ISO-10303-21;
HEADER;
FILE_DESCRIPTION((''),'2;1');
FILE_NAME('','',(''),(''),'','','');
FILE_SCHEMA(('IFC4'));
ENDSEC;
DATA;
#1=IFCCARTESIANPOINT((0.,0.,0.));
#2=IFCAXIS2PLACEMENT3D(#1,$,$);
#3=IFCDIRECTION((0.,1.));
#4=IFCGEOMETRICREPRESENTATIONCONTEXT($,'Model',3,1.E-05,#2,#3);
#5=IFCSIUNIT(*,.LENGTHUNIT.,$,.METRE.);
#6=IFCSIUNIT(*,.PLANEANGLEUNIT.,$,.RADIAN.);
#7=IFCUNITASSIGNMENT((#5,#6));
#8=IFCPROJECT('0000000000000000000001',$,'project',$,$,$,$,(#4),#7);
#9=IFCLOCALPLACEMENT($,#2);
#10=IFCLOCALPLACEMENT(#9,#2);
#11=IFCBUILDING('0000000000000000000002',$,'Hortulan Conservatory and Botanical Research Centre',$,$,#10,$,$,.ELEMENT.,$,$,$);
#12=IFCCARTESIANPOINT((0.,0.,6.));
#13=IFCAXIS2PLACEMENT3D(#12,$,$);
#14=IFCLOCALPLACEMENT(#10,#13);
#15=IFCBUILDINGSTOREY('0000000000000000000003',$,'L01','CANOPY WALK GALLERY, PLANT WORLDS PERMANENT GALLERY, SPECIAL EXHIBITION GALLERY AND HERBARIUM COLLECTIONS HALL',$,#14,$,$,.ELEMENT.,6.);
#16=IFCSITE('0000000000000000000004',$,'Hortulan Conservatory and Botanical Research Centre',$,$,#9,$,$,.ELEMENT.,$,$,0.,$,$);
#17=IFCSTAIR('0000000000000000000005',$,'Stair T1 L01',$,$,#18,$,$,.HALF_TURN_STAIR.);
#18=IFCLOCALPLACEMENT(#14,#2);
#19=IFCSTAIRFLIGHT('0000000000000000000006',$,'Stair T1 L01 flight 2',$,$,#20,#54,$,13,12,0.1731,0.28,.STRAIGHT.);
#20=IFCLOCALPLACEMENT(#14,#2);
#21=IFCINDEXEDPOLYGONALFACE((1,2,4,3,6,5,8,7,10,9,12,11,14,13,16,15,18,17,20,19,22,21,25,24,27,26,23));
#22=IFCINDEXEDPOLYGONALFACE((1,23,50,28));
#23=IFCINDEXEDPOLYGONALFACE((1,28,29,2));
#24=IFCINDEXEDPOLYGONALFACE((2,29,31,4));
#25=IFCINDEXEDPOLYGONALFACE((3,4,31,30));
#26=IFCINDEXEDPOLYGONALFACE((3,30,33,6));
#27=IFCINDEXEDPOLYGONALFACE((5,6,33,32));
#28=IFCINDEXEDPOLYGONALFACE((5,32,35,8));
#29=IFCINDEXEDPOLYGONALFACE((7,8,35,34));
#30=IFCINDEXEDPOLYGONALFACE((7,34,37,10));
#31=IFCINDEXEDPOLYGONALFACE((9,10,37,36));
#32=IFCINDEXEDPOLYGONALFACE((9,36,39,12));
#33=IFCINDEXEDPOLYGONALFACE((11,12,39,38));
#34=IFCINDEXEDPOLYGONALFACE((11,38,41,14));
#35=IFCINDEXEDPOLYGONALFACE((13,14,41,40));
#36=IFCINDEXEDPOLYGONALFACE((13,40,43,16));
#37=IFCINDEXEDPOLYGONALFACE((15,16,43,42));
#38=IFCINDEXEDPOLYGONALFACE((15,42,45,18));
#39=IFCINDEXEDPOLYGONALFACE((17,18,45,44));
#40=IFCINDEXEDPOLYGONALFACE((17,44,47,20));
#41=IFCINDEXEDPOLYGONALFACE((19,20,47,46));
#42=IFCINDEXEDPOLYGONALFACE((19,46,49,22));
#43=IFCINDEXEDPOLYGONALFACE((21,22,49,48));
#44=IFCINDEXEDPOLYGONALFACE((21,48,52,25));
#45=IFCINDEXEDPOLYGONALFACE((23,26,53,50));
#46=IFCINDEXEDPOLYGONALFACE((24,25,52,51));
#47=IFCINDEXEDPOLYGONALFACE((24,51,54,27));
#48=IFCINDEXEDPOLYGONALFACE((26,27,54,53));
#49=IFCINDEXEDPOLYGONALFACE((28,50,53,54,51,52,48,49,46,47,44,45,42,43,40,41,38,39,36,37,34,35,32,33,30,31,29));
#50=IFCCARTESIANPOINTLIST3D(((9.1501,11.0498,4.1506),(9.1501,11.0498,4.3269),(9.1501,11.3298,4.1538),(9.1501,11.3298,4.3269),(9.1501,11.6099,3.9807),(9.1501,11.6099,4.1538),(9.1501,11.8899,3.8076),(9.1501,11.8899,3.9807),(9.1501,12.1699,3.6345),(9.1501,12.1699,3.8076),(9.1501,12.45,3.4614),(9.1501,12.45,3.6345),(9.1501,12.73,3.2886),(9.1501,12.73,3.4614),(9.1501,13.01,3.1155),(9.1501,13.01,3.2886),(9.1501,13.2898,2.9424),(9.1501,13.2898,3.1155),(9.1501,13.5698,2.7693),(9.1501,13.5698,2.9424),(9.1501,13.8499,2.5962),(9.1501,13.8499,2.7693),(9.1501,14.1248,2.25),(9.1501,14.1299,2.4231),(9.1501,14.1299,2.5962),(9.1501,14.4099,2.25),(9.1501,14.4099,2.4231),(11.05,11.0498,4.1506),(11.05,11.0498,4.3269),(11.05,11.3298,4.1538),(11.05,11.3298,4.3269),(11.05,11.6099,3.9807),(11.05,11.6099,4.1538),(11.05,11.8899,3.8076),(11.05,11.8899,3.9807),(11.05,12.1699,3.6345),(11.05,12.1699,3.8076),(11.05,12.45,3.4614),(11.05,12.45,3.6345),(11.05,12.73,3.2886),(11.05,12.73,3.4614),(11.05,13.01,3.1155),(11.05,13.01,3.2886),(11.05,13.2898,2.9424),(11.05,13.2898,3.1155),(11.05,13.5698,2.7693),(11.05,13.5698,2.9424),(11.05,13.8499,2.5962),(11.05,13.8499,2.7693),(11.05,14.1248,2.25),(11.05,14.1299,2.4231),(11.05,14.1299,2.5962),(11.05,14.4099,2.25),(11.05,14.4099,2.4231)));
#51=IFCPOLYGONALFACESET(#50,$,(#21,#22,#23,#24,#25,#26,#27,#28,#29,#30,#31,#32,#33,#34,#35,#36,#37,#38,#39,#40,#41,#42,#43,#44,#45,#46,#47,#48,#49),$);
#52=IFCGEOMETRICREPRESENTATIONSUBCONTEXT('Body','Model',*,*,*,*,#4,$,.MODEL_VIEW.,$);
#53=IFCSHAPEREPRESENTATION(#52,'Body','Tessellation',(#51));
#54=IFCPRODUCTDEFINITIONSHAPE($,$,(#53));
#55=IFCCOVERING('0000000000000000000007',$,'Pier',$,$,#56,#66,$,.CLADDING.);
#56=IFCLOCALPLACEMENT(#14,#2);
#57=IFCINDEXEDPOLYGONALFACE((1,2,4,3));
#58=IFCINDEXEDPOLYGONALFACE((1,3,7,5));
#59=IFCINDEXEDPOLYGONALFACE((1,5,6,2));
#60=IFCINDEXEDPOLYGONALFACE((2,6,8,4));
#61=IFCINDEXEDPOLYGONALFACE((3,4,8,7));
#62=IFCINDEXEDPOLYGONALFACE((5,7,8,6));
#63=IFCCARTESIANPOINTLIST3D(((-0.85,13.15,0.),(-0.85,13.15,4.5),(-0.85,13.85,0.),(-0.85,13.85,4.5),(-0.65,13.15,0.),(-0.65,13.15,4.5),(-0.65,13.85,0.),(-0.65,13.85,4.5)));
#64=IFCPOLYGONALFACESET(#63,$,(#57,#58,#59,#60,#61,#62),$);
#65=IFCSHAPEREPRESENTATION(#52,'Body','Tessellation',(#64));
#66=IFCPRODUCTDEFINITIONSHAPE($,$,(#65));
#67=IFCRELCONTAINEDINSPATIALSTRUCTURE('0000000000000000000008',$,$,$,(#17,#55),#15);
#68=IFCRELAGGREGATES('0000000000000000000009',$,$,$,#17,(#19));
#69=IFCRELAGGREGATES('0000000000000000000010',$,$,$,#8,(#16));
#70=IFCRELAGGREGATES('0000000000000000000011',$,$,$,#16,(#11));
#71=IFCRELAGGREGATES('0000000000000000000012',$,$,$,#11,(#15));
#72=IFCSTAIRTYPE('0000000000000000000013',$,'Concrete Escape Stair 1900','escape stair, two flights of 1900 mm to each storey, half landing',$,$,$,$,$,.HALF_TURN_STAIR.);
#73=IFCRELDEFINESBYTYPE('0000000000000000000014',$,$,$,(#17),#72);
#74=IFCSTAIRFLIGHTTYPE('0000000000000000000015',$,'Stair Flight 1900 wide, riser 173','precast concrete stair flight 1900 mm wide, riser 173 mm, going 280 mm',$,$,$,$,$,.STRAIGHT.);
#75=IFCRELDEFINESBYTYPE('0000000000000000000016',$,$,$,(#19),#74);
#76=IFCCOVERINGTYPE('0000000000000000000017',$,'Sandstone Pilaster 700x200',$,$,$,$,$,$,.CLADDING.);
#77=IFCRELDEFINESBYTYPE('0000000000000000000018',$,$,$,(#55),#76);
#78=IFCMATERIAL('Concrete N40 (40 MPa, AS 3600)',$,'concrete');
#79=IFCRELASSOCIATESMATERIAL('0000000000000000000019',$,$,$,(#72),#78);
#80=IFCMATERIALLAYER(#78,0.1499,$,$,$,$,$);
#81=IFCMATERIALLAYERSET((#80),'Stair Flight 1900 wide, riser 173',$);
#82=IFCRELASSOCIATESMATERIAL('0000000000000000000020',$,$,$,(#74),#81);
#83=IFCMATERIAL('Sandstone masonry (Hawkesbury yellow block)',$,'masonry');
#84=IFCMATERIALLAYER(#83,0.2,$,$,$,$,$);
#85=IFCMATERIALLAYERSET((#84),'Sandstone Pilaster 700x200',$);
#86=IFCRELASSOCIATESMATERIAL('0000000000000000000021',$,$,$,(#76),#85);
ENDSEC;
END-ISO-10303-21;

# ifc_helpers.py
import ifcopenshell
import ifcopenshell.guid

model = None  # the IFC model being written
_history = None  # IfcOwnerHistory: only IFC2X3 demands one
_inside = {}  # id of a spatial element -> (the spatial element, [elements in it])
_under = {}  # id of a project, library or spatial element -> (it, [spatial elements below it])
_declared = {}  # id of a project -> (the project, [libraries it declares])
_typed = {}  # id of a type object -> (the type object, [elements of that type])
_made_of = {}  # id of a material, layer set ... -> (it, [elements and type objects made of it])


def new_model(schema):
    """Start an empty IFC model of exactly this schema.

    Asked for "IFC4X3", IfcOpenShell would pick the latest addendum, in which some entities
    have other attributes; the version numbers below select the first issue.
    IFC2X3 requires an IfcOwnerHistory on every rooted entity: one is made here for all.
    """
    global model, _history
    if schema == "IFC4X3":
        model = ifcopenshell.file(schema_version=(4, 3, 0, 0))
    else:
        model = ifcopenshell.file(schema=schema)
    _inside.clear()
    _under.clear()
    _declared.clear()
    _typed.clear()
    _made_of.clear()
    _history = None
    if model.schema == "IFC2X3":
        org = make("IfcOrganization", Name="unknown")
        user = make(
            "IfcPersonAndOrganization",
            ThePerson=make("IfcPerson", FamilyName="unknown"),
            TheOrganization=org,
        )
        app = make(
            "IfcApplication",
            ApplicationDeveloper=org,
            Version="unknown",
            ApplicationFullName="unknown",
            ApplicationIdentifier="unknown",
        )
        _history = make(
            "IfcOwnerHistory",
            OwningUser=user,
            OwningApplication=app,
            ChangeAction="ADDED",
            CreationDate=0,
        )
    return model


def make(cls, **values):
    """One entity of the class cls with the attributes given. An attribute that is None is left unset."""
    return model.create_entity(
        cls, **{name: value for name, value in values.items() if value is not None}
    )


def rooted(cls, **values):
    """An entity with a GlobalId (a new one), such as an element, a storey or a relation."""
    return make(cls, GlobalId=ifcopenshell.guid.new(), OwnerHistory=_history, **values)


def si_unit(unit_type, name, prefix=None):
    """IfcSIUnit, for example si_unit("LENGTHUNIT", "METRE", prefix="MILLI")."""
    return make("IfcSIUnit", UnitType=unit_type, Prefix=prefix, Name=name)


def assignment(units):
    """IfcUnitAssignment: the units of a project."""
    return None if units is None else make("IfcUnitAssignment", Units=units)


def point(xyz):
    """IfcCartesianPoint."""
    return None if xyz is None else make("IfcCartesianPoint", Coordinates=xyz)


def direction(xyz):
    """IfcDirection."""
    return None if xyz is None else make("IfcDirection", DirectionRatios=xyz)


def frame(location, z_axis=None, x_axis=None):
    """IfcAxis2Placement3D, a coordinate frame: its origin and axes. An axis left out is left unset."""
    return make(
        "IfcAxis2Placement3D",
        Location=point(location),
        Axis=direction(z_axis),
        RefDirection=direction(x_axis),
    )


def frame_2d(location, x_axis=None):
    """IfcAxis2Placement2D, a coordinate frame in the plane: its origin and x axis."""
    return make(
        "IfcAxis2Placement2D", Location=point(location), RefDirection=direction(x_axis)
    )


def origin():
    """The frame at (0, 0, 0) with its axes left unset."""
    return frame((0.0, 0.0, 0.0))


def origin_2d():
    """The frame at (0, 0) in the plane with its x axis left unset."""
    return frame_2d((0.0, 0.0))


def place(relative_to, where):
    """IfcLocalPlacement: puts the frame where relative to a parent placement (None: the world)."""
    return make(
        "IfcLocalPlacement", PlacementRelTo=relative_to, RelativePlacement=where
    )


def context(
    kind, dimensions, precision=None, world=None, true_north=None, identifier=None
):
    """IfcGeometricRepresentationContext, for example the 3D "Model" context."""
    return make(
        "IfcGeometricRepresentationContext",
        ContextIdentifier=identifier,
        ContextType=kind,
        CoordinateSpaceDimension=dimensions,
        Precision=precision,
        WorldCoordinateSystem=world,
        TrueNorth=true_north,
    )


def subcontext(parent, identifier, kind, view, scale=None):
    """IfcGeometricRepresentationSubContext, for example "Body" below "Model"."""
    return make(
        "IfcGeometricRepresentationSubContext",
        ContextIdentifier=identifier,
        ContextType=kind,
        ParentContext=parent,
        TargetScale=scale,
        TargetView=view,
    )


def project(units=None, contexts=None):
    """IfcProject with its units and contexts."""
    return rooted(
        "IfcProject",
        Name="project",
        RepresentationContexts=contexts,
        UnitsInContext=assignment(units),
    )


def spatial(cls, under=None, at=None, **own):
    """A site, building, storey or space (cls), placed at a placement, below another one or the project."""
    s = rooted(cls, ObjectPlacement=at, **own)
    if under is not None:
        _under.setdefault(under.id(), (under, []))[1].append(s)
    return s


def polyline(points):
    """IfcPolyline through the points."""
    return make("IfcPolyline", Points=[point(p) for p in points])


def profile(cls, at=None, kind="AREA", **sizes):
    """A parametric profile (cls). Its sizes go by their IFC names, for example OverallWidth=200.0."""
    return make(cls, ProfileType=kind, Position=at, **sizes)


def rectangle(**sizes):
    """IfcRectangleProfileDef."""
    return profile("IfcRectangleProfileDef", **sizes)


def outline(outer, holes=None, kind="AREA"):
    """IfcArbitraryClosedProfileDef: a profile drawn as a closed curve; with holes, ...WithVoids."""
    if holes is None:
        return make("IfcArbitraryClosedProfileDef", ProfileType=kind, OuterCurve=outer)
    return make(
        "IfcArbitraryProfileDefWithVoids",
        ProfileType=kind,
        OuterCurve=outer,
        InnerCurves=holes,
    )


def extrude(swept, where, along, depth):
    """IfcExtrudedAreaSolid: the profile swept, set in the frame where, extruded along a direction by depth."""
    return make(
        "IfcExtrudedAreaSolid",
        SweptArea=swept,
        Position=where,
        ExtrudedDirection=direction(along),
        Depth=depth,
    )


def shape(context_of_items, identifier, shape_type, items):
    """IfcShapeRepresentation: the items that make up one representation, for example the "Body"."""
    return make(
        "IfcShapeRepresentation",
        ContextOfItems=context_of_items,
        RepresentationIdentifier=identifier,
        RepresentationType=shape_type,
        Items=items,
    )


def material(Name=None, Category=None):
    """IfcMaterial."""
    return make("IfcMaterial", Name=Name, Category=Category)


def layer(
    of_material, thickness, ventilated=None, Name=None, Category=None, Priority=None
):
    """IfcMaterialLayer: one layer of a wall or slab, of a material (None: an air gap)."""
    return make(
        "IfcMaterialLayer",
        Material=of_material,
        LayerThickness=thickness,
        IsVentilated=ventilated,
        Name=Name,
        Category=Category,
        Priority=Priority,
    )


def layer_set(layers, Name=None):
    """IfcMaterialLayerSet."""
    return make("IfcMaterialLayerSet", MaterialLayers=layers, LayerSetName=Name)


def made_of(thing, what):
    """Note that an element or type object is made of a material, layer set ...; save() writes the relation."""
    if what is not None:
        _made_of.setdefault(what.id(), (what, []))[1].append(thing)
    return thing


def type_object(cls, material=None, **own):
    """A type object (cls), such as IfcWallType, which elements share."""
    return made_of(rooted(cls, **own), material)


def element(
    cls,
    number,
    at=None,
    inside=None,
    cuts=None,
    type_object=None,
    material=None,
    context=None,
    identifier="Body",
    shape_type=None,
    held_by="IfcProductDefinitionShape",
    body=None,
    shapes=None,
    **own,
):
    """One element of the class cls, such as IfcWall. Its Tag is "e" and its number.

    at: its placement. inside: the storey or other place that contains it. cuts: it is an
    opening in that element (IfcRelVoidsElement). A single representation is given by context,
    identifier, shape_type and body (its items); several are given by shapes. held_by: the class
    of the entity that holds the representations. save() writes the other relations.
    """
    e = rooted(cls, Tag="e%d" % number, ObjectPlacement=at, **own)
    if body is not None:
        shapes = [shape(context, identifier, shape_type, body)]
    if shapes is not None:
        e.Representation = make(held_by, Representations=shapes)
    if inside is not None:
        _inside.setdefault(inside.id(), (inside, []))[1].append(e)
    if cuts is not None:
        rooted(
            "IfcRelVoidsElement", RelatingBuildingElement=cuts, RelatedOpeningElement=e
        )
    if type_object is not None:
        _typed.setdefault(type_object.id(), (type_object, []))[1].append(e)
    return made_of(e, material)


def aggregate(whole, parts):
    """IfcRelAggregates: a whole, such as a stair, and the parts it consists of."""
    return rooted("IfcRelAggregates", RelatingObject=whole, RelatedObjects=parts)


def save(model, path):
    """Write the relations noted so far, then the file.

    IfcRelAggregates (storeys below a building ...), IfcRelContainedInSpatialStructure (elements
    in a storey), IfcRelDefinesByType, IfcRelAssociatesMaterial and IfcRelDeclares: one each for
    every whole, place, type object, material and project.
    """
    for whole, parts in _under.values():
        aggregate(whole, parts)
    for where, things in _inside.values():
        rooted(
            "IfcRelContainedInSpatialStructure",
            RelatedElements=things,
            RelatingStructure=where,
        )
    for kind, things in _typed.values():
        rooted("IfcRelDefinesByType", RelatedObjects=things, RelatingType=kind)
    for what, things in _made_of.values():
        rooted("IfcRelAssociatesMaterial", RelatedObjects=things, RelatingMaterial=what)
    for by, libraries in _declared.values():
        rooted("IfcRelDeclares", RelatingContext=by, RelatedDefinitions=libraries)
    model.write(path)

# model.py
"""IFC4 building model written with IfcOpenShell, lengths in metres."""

from ifc_helpers import new_model, si_unit, direction, frame, origin, origin_2d, place, context, subcontext, project, spatial, polyline, rectangle, outline, extrude, material, layer, layer_set, type_object, element, aggregate, save


model = new_model("IFC4")

# Units and contexts
model_context = context("Model", 3, precision=1e-05, world=origin(), true_north=direction((0.0, 1.0)))
body_context = subcontext(model_context, "Body", "Model", "MODEL_VIEW")
ifc_project = project(units=[si_unit("LENGTHUNIT", "METRE"), si_unit("PLANEANGLEUNIT", "RADIAN")], contexts=[model_context])

# Site, building, storey
site_placement = place(None, origin())
site = spatial("IfcSite", under=ifc_project, at=site_placement, Name="Hortulan Conservatory and Botanical Research Centre", CompositionType="ELEMENT", RefElevation=0.0)
building_placement = place(site_placement, origin())
building = spatial("IfcBuilding", under=site, at=building_placement, Name="Hortulan Conservatory and Botanical Research Centre", CompositionType="ELEMENT")
storey_placement = place(building_placement, frame((0.0, 0.0, 6.0)))
storey = spatial("IfcBuildingStorey", under=building, at=storey_placement, Name="L01", Description="CANOPY WALK GALLERY, PLANT WORLDS PERMANENT GALLERY, SPECIAL EXHIBITION GALLERY AND HERBARIUM COLLECTIONS HALL", CompositionType="ELEMENT", Elevation=6.0)

# Stair, stair flight
ifc_material_1 = material(Name="Concrete N40 (40 MPa, AS 3600)", Category="concrete")
stair_type = type_object("IfcStairType", Name="Concrete Escape Stair 1900", Description="escape stair, two flights of 1900 mm to each storey, half landing", PredefinedType="HALF_TURN_STAIR", material=ifc_material_1)
stair_placement = place(storey_placement, origin())
stair = element("IfcStair", 1, at=stair_placement, inside=storey, type_object=stair_type, Name="Stair T1 L01", PredefinedType="HALF_TURN_STAIR")
ifc_layer_1 = layer(ifc_material_1, 0.1499)
ifc_layer_set_1 = layer_set([ifc_layer_1], Name="Stair Flight 1900 wide, riser 173")
stair_flight_type = type_object("IfcStairFlightType", Name="Stair Flight 1900 wide, riser 173", Description="precast concrete stair flight 1900 mm wide, riser 173 mm, going 280 mm", PredefinedType="STRAIGHT", material=ifc_layer_set_1)
stair_flight_1_placement = place(storey_placement, frame((10.1001, 14.4099, 2.25), z_axis=(0.0, 0.0, 1.0), x_axis=(0.0, -1.0, 0.0)))
stair_flight_1 = element("IfcStairFlight", 2, at=stair_flight_1_placement, type_object=stair_flight_type, Name="Stair T1 L01 flight 2", NumberOfRisers=13, NumberOfTreads=12, PredefinedType="STRAIGHT", RiserHeight=0.1731, TreadLength=0.28, context=body_context, shape_type="SweptSolid", body=[
    extrude(outline(polyline([(0.0, 0.0), (0.0, 0.1731), (0.28, 0.1731), (0.28, 0.3462), (0.5601, 0.3462), (0.5601, 0.5193), (0.8401, 0.5193), (0.8401, 0.6924), (1.1201, 0.6924), (1.1201, 0.8655), (1.3999, 0.8655), (1.3999, 1.0386), (1.6799, 1.0386), (1.6799, 1.2114), (1.96, 1.2114), (1.96, 1.3845), (2.24, 1.3845), (2.24, 1.5576), (2.52, 1.5576), (2.52, 1.7307), (2.8, 1.7307), (2.8, 1.9038), (3.0801, 1.9038), (3.0801, 2.0769), (3.3601, 2.0769), (3.3601, 2.25), (3.3601, 1.9006), (0.2852, 0.0), (0.0, 0.0)])), frame((0.0, 0.95, 0.0), z_axis=(0.0, -1.0, 0.0), x_axis=(1.0, 0.0, 0.0)), (0.0, 0.0, 1.0), 1.8999),
])
aggregate(stair, [stair_flight_1])

# Covering
ifc_material_2 = material(Name="Sandstone masonry (Hawkesbury yellow block)", Category="masonry")
ifc_layer_2 = layer(ifc_material_2, 0.2)
ifc_layer_set_2 = layer_set([ifc_layer_2], Name="Sandstone Pilaster 700x200")
covering_type = type_object("IfcCoveringType", Name="Sandstone Pilaster 700x200", PredefinedType="CLADDING", material=ifc_layer_set_2)
covering_placement = place(storey_placement, frame((-0.75, 13.5, 0.0), z_axis=(0.0, 0.0, 1.0), x_axis=(0.0, 1.0, 0.0)))
element("IfcCovering", 3, at=covering_placement, inside=storey, type_object=covering_type, Name="Pier", PredefinedType="CLADDING", context=body_context, shape_type="SweptSolid", body=[
    extrude(rectangle(XDim=0.7, YDim=0.2, at=origin_2d()), origin(), (0.0, 0.0, 1.0), 4.5),
])

save(model, "model.ifc")
